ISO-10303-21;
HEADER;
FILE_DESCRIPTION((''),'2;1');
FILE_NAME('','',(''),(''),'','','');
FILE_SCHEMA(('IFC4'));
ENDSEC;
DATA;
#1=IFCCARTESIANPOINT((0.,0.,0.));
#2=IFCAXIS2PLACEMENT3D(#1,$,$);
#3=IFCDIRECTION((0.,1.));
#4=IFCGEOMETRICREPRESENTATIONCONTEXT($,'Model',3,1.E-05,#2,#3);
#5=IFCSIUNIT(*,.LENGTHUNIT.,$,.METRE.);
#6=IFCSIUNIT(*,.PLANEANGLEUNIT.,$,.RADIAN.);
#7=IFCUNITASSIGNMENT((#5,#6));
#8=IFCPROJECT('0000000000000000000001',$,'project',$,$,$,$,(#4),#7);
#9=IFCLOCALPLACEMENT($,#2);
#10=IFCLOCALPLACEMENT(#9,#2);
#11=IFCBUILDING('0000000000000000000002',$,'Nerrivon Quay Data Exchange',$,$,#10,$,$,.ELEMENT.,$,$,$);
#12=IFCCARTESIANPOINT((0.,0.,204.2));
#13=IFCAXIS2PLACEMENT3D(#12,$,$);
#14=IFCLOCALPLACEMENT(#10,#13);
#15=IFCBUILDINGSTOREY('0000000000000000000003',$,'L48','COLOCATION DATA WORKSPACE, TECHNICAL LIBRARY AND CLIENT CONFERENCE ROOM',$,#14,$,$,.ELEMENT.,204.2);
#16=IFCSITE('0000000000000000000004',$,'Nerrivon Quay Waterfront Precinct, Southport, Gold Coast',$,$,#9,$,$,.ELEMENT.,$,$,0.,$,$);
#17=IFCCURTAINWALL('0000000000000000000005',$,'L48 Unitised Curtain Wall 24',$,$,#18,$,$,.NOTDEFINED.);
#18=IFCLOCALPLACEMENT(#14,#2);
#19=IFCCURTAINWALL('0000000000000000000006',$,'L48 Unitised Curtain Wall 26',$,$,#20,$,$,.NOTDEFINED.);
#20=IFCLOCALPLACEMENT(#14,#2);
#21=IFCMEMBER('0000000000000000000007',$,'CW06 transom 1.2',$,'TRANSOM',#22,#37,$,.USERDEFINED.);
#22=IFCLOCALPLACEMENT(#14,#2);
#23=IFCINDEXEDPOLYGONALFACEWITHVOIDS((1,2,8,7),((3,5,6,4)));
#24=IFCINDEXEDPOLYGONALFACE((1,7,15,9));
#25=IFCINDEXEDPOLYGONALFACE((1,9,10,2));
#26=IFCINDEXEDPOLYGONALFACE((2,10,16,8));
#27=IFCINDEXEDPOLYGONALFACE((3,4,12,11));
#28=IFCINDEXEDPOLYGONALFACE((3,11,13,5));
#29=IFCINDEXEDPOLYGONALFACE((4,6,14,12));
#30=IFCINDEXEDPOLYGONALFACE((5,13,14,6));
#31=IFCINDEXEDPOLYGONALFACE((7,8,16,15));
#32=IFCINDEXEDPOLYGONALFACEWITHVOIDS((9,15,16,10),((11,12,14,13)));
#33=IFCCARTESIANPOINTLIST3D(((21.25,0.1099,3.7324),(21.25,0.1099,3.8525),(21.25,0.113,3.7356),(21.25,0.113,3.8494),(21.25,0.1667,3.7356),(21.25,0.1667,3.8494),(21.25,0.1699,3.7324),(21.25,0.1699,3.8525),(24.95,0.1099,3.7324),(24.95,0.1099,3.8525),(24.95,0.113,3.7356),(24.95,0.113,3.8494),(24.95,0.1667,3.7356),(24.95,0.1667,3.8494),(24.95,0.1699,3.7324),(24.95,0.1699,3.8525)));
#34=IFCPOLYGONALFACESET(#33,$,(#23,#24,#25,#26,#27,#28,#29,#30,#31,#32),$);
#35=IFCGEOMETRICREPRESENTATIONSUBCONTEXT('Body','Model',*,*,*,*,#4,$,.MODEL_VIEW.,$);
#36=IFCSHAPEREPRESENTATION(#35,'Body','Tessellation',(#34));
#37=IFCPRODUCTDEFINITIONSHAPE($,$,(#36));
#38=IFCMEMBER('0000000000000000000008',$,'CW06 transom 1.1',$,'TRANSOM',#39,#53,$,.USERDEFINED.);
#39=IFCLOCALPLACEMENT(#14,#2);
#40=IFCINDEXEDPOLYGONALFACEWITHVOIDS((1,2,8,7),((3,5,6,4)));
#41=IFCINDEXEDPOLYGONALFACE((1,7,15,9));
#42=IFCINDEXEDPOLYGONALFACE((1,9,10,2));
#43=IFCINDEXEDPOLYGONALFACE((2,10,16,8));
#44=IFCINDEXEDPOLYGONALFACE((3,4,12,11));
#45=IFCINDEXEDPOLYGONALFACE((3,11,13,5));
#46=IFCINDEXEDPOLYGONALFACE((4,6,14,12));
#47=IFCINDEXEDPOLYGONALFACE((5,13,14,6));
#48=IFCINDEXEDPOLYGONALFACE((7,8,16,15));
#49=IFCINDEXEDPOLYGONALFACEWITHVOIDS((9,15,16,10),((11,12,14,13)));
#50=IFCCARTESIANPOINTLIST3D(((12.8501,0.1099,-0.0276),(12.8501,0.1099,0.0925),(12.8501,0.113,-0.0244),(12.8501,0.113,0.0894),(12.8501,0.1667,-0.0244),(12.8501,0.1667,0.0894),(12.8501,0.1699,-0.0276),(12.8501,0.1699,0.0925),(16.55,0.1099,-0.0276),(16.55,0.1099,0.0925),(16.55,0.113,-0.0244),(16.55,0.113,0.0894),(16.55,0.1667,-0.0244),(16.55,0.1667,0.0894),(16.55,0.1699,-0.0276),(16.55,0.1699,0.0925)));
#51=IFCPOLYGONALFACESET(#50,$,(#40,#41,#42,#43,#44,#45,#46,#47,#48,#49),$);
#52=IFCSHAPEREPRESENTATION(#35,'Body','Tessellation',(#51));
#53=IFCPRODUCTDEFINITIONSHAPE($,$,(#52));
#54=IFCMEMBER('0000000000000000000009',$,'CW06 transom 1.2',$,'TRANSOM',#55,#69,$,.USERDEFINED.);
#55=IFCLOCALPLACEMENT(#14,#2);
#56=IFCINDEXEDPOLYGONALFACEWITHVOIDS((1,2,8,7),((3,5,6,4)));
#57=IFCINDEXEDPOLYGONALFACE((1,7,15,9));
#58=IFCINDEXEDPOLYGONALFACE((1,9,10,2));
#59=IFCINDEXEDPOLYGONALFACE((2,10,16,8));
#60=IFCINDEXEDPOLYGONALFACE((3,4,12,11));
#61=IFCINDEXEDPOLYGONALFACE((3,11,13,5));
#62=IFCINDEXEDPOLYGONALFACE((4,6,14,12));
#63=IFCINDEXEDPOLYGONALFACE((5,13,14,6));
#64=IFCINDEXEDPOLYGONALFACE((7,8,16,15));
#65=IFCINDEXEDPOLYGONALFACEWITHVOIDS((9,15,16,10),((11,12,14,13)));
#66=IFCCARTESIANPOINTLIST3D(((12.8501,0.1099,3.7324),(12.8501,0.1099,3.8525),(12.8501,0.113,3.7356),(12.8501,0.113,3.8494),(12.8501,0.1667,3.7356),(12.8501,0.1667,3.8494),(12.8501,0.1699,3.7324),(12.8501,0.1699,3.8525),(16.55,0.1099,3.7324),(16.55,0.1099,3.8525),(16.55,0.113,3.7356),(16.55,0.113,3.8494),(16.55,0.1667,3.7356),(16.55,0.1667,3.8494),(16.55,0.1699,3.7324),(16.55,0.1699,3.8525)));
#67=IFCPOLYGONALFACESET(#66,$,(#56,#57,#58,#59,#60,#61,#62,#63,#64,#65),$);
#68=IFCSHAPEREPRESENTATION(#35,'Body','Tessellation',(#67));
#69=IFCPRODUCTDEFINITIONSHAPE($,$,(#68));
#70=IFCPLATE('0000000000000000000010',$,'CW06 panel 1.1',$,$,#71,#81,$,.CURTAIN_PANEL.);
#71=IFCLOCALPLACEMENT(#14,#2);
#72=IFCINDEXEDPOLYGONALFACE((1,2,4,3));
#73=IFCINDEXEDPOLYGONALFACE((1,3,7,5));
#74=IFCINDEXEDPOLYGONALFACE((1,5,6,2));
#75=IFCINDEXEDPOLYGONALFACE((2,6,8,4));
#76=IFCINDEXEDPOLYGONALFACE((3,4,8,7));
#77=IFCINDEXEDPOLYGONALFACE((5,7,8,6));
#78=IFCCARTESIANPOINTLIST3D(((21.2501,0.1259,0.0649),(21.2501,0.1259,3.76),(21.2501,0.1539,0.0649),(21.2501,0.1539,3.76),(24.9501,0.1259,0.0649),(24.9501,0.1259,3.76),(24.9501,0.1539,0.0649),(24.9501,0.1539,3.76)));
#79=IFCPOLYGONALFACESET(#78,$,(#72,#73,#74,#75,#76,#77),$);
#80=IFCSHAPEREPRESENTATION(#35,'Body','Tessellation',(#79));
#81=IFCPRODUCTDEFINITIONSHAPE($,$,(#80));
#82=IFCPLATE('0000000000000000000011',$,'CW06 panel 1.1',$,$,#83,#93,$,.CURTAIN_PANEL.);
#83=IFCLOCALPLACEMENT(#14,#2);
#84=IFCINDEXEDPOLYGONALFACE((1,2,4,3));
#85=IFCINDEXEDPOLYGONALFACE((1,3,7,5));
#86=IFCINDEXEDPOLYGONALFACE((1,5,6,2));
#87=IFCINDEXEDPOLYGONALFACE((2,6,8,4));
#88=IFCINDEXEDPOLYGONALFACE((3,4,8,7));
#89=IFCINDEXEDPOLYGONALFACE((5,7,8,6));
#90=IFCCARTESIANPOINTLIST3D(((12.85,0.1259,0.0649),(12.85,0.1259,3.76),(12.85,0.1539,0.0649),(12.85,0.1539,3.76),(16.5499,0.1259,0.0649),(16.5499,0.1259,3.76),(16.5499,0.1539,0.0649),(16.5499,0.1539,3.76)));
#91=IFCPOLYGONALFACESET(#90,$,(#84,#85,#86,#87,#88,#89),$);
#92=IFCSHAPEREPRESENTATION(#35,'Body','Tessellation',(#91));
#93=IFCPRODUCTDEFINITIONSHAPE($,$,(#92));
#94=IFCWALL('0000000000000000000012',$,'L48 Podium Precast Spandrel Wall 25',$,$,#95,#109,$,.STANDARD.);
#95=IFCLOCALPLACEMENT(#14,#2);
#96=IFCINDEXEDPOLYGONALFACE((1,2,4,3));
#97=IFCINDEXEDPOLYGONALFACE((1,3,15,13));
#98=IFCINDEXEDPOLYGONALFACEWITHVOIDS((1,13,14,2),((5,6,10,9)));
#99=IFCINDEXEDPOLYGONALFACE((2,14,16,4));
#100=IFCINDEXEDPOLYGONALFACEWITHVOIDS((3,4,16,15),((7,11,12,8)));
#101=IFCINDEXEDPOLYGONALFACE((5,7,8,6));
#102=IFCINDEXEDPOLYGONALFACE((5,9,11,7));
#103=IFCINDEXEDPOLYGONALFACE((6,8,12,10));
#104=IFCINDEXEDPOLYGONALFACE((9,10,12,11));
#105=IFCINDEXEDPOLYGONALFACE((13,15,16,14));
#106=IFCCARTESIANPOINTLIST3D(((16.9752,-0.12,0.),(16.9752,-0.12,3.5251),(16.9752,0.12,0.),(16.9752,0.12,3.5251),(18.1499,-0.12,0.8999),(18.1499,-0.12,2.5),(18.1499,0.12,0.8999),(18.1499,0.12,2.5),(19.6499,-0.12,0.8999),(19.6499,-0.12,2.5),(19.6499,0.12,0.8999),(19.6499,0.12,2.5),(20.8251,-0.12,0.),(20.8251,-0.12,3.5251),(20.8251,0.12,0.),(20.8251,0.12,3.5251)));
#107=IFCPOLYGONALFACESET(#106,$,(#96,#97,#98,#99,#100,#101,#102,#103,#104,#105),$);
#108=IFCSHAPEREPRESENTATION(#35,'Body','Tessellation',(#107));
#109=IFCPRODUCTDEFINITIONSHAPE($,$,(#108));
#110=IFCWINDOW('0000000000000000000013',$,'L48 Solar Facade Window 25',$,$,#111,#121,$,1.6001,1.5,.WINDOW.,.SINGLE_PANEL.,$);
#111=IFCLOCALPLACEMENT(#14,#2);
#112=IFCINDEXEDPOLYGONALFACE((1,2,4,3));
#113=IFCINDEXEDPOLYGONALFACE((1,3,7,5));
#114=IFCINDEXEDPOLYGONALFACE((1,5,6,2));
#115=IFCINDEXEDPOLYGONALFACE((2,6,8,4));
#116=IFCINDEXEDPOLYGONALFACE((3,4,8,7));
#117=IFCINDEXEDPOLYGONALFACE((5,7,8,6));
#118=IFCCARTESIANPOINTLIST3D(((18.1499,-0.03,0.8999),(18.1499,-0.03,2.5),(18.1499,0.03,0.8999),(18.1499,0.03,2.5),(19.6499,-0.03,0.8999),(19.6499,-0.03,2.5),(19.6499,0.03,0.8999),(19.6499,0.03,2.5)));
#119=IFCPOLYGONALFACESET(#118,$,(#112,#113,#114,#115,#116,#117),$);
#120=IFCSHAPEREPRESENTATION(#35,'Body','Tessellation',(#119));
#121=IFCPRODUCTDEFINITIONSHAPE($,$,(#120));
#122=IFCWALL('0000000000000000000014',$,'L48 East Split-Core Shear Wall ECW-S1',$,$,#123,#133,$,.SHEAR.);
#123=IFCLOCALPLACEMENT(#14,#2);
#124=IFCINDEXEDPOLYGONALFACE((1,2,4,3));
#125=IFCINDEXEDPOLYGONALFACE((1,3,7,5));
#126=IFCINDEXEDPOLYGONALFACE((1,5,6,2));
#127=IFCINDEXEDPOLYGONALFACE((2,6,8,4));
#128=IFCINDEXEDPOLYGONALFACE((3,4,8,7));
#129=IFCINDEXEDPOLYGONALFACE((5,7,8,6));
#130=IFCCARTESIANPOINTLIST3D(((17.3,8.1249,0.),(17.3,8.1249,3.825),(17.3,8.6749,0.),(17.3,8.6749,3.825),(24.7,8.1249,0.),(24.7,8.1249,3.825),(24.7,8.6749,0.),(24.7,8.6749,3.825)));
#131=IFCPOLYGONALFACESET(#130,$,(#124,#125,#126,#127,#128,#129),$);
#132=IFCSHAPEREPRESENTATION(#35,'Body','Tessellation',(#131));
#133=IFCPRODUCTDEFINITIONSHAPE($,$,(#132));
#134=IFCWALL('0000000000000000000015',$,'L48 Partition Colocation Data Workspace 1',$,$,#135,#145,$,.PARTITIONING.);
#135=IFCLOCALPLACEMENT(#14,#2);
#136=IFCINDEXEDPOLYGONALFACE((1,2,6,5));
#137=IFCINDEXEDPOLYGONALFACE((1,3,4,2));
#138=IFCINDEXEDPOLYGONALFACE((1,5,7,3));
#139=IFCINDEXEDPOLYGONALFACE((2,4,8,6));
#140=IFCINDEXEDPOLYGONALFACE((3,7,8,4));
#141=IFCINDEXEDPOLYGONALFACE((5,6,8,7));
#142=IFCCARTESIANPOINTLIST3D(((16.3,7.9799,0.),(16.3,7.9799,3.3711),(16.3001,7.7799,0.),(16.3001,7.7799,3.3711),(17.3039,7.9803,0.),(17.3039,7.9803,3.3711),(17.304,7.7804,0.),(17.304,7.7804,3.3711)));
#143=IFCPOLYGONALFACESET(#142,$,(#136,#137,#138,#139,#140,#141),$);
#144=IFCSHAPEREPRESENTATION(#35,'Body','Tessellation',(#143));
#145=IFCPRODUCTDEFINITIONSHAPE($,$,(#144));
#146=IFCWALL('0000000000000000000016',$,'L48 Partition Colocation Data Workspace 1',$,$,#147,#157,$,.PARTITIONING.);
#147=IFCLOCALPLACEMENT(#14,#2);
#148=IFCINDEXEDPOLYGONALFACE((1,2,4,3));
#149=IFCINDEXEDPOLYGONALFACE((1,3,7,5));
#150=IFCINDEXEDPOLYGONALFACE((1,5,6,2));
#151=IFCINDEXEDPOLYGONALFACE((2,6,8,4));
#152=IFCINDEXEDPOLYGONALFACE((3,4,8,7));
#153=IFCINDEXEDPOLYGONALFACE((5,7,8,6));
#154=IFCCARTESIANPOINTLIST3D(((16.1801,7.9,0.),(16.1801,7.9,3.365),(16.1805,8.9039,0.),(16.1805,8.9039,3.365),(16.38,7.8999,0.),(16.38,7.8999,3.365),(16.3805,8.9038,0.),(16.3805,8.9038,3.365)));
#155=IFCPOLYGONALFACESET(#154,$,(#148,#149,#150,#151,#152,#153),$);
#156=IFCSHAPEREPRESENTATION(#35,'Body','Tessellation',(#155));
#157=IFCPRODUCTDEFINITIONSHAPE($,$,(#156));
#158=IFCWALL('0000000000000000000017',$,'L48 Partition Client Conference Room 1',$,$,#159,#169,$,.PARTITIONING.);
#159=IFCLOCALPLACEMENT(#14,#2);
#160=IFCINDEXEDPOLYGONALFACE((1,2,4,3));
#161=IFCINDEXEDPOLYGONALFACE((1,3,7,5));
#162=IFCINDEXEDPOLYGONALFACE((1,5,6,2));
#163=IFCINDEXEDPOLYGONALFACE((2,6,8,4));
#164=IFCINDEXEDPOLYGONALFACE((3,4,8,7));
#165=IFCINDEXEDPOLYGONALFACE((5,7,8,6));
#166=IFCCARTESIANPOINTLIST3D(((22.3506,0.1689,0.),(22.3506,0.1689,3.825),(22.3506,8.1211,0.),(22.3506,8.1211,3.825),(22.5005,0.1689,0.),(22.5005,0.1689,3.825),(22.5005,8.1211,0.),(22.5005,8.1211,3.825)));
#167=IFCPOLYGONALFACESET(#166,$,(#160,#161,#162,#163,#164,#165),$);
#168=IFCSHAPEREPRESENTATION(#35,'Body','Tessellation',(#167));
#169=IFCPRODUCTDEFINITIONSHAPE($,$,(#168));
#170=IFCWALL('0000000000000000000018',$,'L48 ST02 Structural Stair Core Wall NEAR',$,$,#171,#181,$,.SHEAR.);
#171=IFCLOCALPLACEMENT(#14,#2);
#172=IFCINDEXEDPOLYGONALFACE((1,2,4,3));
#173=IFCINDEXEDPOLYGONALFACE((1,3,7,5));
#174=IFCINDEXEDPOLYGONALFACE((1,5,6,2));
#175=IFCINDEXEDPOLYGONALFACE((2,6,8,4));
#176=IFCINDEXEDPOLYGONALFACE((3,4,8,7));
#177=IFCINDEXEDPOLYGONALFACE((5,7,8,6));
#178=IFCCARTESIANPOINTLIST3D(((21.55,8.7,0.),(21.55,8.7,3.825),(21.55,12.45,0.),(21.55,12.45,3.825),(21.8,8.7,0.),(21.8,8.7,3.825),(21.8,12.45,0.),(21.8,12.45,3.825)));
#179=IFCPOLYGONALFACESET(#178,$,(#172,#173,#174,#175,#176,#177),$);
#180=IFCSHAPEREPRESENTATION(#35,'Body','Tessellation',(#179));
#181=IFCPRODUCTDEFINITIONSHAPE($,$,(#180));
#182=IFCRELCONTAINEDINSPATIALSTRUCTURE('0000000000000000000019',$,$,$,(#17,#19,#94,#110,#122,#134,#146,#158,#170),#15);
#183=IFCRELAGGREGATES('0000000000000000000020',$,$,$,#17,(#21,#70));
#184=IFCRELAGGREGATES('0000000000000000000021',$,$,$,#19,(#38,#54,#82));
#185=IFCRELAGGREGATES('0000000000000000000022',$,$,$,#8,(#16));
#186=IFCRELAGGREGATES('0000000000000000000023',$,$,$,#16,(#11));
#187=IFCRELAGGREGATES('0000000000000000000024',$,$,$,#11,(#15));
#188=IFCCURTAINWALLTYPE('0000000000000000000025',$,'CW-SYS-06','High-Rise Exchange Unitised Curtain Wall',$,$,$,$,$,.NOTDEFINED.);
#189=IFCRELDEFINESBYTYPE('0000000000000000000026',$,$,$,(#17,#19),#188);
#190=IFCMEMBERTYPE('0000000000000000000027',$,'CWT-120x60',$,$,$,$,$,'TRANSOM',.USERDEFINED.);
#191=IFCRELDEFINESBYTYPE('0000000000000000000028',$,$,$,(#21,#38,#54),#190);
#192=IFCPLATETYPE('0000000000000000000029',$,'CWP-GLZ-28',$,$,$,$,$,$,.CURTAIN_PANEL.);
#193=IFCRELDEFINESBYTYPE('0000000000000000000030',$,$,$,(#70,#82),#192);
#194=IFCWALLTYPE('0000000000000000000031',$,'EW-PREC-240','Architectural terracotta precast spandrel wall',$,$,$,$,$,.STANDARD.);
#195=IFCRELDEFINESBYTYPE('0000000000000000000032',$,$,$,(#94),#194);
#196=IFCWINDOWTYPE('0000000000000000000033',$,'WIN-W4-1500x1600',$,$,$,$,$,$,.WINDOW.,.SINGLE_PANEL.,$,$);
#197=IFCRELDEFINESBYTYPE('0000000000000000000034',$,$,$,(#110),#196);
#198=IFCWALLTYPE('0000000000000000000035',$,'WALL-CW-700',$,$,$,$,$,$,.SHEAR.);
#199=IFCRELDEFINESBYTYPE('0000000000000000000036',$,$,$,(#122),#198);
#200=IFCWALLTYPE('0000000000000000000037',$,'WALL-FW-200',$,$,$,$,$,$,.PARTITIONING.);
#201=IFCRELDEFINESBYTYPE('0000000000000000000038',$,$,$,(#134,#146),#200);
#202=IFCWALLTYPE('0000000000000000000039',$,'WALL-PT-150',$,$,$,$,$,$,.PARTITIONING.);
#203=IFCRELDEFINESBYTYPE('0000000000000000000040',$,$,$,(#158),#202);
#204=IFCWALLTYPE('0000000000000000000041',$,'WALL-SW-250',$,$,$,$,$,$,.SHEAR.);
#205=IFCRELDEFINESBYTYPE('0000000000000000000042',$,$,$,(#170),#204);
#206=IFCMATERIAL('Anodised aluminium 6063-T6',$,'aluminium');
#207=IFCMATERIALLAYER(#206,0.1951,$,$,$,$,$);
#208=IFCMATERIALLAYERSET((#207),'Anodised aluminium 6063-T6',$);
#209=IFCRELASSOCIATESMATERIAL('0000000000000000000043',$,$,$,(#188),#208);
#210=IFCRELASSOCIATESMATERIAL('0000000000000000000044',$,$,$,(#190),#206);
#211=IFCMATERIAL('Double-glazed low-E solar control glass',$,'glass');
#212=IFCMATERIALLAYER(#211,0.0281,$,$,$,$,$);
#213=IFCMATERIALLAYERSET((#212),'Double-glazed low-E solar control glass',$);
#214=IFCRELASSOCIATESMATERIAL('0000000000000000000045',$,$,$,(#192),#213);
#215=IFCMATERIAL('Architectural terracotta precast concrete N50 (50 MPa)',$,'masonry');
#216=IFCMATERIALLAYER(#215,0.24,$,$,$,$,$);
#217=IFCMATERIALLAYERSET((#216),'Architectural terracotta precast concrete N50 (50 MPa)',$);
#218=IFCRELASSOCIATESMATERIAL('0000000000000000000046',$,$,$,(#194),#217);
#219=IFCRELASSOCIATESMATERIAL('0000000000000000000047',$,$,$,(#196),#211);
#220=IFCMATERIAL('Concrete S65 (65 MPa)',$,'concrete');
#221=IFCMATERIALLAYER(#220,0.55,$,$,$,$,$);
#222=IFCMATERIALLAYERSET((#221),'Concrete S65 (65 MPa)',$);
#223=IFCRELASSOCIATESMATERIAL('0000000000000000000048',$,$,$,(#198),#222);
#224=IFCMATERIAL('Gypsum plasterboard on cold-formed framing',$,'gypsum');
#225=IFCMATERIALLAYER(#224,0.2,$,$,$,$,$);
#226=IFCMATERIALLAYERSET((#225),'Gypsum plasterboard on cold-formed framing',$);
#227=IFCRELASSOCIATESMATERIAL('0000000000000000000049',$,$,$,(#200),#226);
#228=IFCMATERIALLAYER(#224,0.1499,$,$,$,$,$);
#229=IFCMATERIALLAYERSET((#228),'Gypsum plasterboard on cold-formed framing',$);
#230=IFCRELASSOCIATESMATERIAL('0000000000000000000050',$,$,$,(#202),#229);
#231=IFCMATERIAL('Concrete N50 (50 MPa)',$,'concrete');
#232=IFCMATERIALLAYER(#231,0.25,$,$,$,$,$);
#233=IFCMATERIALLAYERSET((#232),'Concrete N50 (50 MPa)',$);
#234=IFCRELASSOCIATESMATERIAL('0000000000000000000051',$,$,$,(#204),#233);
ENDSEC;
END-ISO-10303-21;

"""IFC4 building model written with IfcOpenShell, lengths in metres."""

from ifc_helpers import new_model, si_unit, direction, frame, frame_2d, origin, origin_2d, place, context, subcontext, project, spatial, rectangle, hollow_rectangle, extrude, material, layer, layer_set, material_profile, profile_set, type_object, element, fill, aggregate, save


model = new_model("IFC4")

# Units and contexts
model_context = context("Model", 3, precision=1e-05, world=origin(), true_north=direction((0.0, 1.0)))
body_context = subcontext(model_context, "Body", "Model", "MODEL_VIEW")
ifc_project = project(units=[si_unit("LENGTHUNIT", "METRE"), si_unit("PLANEANGLEUNIT", "RADIAN")], contexts=[model_context])

# Site, building, storey
site_placement = place(None, origin())
site = spatial("IfcSite", under=ifc_project, at=site_placement, Name="Nerrivon Quay Waterfront Precinct, Southport, Gold Coast", CompositionType="ELEMENT", RefElevation=0.0)
building_placement = place(site_placement, origin())
building = spatial("IfcBuilding", under=site, at=building_placement, Name="Nerrivon Quay Data Exchange", CompositionType="ELEMENT")
storey_placement = place(building_placement, frame((0.0, 0.0, 204.2)))
storey = spatial("IfcBuildingStorey", under=building, at=storey_placement, Name="L48", Description="COLOCATION DATA WORKSPACE, TECHNICAL LIBRARY AND CLIENT CONFERENCE ROOM", CompositionType="ELEMENT", Elevation=204.2)

# Shared definitions
ifc_material_1 = material(Name="Concrete S65 (65 MPa)", Category="concrete")
ifc_material_2 = material(Name="Concrete N50 (50 MPa)", Category="concrete")

# Curtain wall
ifc_material_3 = material(Name="Anodised aluminium 6063-T6", Category="aluminium")
ifc_layer_1 = layer(ifc_material_3, 0.1951)
ifc_layer_set_1 = layer_set([ifc_layer_1], Name="Anodised aluminium 6063-T6")
curtain_wall_type = type_object("IfcCurtainWallType", Name="CW-SYS-06", Description="High-Rise Exchange Unitised Curtain Wall", PredefinedType="NOTDEFINED", material=ifc_layer_set_1)
curtain_wall_1_placement = place(storey_placement, origin())
curtain_wall_1 = element("IfcCurtainWall", 1, at=curtain_wall_1_placement, inside=storey, type_object=curtain_wall_type, Name="L48 Unitised Curtain Wall 24", PredefinedType="NOTDEFINED")

# Curtain wall
curtain_wall_2_placement = place(storey_placement, origin())
curtain_wall_2 = element("IfcCurtainWall", 2, at=curtain_wall_2_placement, inside=storey, type_object=curtain_wall_type, Name="L48 Unitised Curtain Wall 26", PredefinedType="NOTDEFINED")

# Members
ifc_material_profile_1 = material_profile(ifc_material_3, hollow_rectangle(XDim=0.0601, YDim=0.1201, WallThickness=0.0032, at=origin_2d()), Name="ALU-TRAN-120x60")
ifc_profile_set_1 = profile_set([ifc_material_profile_1], Name="Anodised aluminium 6063-T6")
member_type_1 = type_object("IfcMemberType", Name="CWT-120x60", ElementType="TRANSOM", PredefinedType="USERDEFINED", material=ifc_profile_set_1)
member_1_placement = place(storey_placement, frame((24.95, 0.1399, 3.7925), z_axis=(-1.0, 0.0, 0.0), x_axis=(0.0, -1.0, 0.0)))
member_1 = element("IfcMember", 3, at=member_1_placement, type_object=member_type_1, Name="CW06 transom 1.2", ObjectType="TRANSOM", PredefinedType="USERDEFINED", context=body_context, shape_type="SweptSolid", body=[
    extrude(hollow_rectangle(XDim=0.0601, YDim=0.1201, WallThickness=0.0032, at=origin_2d()), origin(), (0.0, 0.0, 1.0), 3.7),
])
member_2_placement = place(storey_placement, frame((16.55, 0.1399, 0.0325), z_axis=(-1.0, 0.0, 0.0), x_axis=(0.0, -1.0, 0.0)))
member_2 = element("IfcMember", 4, at=member_2_placement, type_object=member_type_1, Name="CW06 transom 1.1", ObjectType="TRANSOM", PredefinedType="USERDEFINED", context=body_context, shape_type="SweptSolid", body=[
    extrude(hollow_rectangle(XDim=0.0601, YDim=0.1201, WallThickness=0.0032, at=origin_2d()), origin(), (0.0, 0.0, 1.0), 3.7),
])
member_3_placement = place(storey_placement, frame((16.55, 0.1399, 3.7925), z_axis=(-1.0, 0.0, 0.0), x_axis=(0.0, -1.0, 0.0)))
member_3 = element("IfcMember", 5, at=member_3_placement, type_object=member_type_1, Name="CW06 transom 1.2", ObjectType="TRANSOM", PredefinedType="USERDEFINED", context=body_context, shape_type="SweptSolid", body=[
    extrude(hollow_rectangle(XDim=0.0601, YDim=0.1201, WallThickness=0.0032, at=origin_2d()), origin(), (0.0, 0.0, 1.0), 3.7),
])

# Plates
ifc_material_4 = material(Name="Double-glazed low-E solar control glass", Category="glass")
ifc_layer_2 = layer(ifc_material_4, 0.0281)
ifc_layer_set_2 = layer_set([ifc_layer_2], Name="Double-glazed low-E solar control glass")
plate_type = type_object("IfcPlateType", Name="CWP-GLZ-28", PredefinedType="CURTAIN_PANEL", material=ifc_layer_set_2)
plate_1_placement = place(storey_placement, frame((23.1001, 0.1399, 0.0649), z_axis=(0.0, 0.0, 1.0), x_axis=(-1.0, 0.0, 0.0)))
plate_1 = element("IfcPlate", 6, at=plate_1_placement, type_object=plate_type, Name="CW06 panel 1.1", PredefinedType="CURTAIN_PANEL", context=body_context, shape_type="SweptSolid", body=[
    extrude(rectangle(XDim=3.7, YDim=0.0281, at=origin_2d()), origin(), (0.0, 0.0, 1.0), 3.6951),
])
aggregate(curtain_wall_1, [member_1, plate_1])
plate_2_placement = place(storey_placement, frame((14.7, 0.1399, 0.0649), z_axis=(0.0, 0.0, 1.0), x_axis=(-1.0, 0.0, 0.0)))
plate_2 = element("IfcPlate", 7, at=plate_2_placement, type_object=plate_type, Name="CW06 panel 1.1", PredefinedType="CURTAIN_PANEL", context=body_context, shape_type="SweptSolid", body=[
    extrude(rectangle(XDim=3.7, YDim=0.0281, at=origin_2d()), origin(), (0.0, 0.0, 1.0), 3.6951),
])
aggregate(curtain_wall_2, [member_2, member_3, plate_2])

# Wall, opening, window
ifc_material_5 = material(Name="Architectural terracotta precast concrete N50 (50 MPa)", Category="masonry")
ifc_layer_3 = layer(ifc_material_5, 0.24)
ifc_layer_set_3 = layer_set([ifc_layer_3], Name="Architectural terracotta precast concrete N50 (50 MPa)")
wall_type_1 = type_object("IfcWallType", Name="EW-PREC-240", Description="Architectural terracotta precast spandrel wall", PredefinedType="STANDARD", material=ifc_layer_set_3)
wall_1_placement = place(storey_placement, frame((20.825, 0.0, 0.0), z_axis=(0.0, 0.0, 1.0), x_axis=(-1.0, 0.0, 0.0)))
wall_1 = element("IfcWall", 8, at=wall_1_placement, inside=storey, type_object=wall_type_1, Name="L48 Podium Precast Spandrel Wall 25", PredefinedType="STANDARD", context=body_context, shape_type="SweptSolid", body=[
    extrude(rectangle(XDim=3.8499, YDim=0.24, at=frame_2d((1.9248, 0.0))), origin(), (0.0, 0.0, 1.0), 3.5251),
])
opening_placement = place(wall_1_placement, frame((1.175, 0.0, 0.8999)))
opening = element("IfcOpeningElement", 9, at=opening_placement, cuts=wall_1, PredefinedType="OPENING", context=body_context, shape_type="SweptSolid", body=[
    extrude(rectangle(XDim=1.5, YDim=1.6001, at=frame_2d((0.75, 0.8))), frame((0.0, 0.1299, 0.0), z_axis=(0.0, -1.0, 0.0), x_axis=(1.0, 0.0, 0.0)), (0.0, 0.0, 1.0), 0.26),
])
window_type = type_object("IfcWindowType", Name="WIN-W4-1500x1600", PartitioningType="SINGLE_PANEL", PredefinedType="WINDOW", material=ifc_material_4)
window_placement = place(opening_placement, origin())
window = element("IfcWindow", 10, at=window_placement, inside=storey, type_object=window_type, Name="L48 Solar Facade Window 25", OverallHeight=1.6001, OverallWidth=1.5, PartitioningType="SINGLE_PANEL", PredefinedType="WINDOW", context=body_context, shape_type="SweptSolid", body=[
    extrude(rectangle(XDim=1.5, YDim=1.6001, at=frame_2d((0.75, 0.8))), frame((0.0, 0.03, 0.0), z_axis=(0.0, -1.0, 0.0), x_axis=(1.0, 0.0, 0.0)), (0.0, 0.0, 1.0), 0.0601),
])
fill(opening, window)

# Walls
ifc_layer_4 = layer(ifc_material_1, 0.55)
ifc_layer_set_4 = layer_set([ifc_layer_4], Name="Concrete S65 (65 MPa)")
wall_type_2 = type_object("IfcWallType", Name="WALL-CW-700", PredefinedType="SHEAR", material=ifc_layer_set_4)
wall_2_placement = place(storey_placement, frame((17.3, 8.3999, 0.0), z_axis=(0.0, 0.0, 1.0), x_axis=(1.0, 0.0, 0.0)))
element("IfcWall", 11, at=wall_2_placement, inside=storey, type_object=wall_type_2, Name="L48 East Split-Core Shear Wall ECW-S1", PredefinedType="SHEAR", context=body_context, shape_type="SweptSolid", body=[
    extrude(rectangle(XDim=7.3999, YDim=0.55, at=frame_2d((3.7, 0.0))), origin(), (0.0, 0.0, 1.0), 3.825),
])
ifc_material_6 = material(Name="Gypsum plasterboard on cold-formed framing", Category="gypsum")
ifc_layer_5 = layer(ifc_material_6, 0.2)
ifc_layer_set_5 = layer_set([ifc_layer_5], Name="Gypsum plasterboard on cold-formed framing")
wall_type_3 = type_object("IfcWallType", Name="WALL-FW-200", PredefinedType="PARTITIONING", material=ifc_layer_set_5)
wall_3_placement = place(storey_placement, frame((17.304, 7.8804, 0.0), z_axis=(0.0, 0.0, 1.0), x_axis=(-1.0, -0.000486, 0.0)))
element("IfcWall", 12, at=wall_3_placement, inside=storey, type_object=wall_type_3, Name="L48 Partition Colocation Data Workspace 1", PredefinedType="PARTITIONING", context=body_context, shape_type="SweptSolid", body=[
    extrude(rectangle(XDim=1.0039, YDim=0.2, at=frame_2d((0.502, 0.0))), origin(), (0.0, 0.0, 1.0), 3.3711),
])
wall_4_placement = place(storey_placement, frame((16.28, 7.8999, 0.0), z_axis=(0.0, 0.0, 1.0), x_axis=(0.000486, 1.0, 0.0)))
element("IfcWall", 13, at=wall_4_placement, inside=storey, type_object=wall_type_3, Name="L48 Partition Colocation Data Workspace 1", PredefinedType="PARTITIONING", context=body_context, shape_type="SweptSolid", body=[
    extrude(rectangle(XDim=1.0039, YDim=0.2, at=frame_2d((0.502, 0.0))), origin(), (0.0, 0.0, 1.0), 3.365),
])
ifc_layer_6 = layer(ifc_material_6, 0.1499)
ifc_layer_set_6 = layer_set([ifc_layer_6], Name="Gypsum plasterboard on cold-formed framing")
wall_type_4 = type_object("IfcWallType", Name="WALL-PT-150", PredefinedType="PARTITIONING", material=ifc_layer_set_6)
wall_5_placement = place(storey_placement, frame((22.4255, 8.1211, 0.0), z_axis=(0.0, 0.0, 1.0), x_axis=(0.0, -1.0, 0.0)))
element("IfcWall", 14, at=wall_5_placement, inside=storey, type_object=wall_type_4, Name="L48 Partition Client Conference Room 1", PredefinedType="PARTITIONING", context=body_context, shape_type="SweptSolid", body=[
    extrude(rectangle(XDim=7.9521, YDim=0.1499, at=frame_2d((3.9761, 0.0))), origin(), (0.0, 0.0, 1.0), 3.825),
])
ifc_layer_7 = layer(ifc_material_2, 0.25)
ifc_layer_set_7 = layer_set([ifc_layer_7], Name="Concrete N50 (50 MPa)")
wall_type_5 = type_object("IfcWallType", Name="WALL-SW-250", PredefinedType="SHEAR", material=ifc_layer_set_7)
wall_6_placement = place(storey_placement, frame((21.675, 8.7, 0.0), z_axis=(0.0, 0.0, 1.0), x_axis=(0.0, 1.0, 0.0)))
element("IfcWall", 15, at=wall_6_placement, inside=storey, type_object=wall_type_5, Name="L48 ST02 Structural Stair Core Wall NEAR", PredefinedType="SHEAR", context=body_context, shape_type="SweptSolid", body=[
    extrude(rectangle(XDim=3.75, YDim=0.25, at=frame_2d((1.875, 0.0))), origin(), (0.0, 0.0, 1.0), 3.825),
])

save(model, "model.ifc")
